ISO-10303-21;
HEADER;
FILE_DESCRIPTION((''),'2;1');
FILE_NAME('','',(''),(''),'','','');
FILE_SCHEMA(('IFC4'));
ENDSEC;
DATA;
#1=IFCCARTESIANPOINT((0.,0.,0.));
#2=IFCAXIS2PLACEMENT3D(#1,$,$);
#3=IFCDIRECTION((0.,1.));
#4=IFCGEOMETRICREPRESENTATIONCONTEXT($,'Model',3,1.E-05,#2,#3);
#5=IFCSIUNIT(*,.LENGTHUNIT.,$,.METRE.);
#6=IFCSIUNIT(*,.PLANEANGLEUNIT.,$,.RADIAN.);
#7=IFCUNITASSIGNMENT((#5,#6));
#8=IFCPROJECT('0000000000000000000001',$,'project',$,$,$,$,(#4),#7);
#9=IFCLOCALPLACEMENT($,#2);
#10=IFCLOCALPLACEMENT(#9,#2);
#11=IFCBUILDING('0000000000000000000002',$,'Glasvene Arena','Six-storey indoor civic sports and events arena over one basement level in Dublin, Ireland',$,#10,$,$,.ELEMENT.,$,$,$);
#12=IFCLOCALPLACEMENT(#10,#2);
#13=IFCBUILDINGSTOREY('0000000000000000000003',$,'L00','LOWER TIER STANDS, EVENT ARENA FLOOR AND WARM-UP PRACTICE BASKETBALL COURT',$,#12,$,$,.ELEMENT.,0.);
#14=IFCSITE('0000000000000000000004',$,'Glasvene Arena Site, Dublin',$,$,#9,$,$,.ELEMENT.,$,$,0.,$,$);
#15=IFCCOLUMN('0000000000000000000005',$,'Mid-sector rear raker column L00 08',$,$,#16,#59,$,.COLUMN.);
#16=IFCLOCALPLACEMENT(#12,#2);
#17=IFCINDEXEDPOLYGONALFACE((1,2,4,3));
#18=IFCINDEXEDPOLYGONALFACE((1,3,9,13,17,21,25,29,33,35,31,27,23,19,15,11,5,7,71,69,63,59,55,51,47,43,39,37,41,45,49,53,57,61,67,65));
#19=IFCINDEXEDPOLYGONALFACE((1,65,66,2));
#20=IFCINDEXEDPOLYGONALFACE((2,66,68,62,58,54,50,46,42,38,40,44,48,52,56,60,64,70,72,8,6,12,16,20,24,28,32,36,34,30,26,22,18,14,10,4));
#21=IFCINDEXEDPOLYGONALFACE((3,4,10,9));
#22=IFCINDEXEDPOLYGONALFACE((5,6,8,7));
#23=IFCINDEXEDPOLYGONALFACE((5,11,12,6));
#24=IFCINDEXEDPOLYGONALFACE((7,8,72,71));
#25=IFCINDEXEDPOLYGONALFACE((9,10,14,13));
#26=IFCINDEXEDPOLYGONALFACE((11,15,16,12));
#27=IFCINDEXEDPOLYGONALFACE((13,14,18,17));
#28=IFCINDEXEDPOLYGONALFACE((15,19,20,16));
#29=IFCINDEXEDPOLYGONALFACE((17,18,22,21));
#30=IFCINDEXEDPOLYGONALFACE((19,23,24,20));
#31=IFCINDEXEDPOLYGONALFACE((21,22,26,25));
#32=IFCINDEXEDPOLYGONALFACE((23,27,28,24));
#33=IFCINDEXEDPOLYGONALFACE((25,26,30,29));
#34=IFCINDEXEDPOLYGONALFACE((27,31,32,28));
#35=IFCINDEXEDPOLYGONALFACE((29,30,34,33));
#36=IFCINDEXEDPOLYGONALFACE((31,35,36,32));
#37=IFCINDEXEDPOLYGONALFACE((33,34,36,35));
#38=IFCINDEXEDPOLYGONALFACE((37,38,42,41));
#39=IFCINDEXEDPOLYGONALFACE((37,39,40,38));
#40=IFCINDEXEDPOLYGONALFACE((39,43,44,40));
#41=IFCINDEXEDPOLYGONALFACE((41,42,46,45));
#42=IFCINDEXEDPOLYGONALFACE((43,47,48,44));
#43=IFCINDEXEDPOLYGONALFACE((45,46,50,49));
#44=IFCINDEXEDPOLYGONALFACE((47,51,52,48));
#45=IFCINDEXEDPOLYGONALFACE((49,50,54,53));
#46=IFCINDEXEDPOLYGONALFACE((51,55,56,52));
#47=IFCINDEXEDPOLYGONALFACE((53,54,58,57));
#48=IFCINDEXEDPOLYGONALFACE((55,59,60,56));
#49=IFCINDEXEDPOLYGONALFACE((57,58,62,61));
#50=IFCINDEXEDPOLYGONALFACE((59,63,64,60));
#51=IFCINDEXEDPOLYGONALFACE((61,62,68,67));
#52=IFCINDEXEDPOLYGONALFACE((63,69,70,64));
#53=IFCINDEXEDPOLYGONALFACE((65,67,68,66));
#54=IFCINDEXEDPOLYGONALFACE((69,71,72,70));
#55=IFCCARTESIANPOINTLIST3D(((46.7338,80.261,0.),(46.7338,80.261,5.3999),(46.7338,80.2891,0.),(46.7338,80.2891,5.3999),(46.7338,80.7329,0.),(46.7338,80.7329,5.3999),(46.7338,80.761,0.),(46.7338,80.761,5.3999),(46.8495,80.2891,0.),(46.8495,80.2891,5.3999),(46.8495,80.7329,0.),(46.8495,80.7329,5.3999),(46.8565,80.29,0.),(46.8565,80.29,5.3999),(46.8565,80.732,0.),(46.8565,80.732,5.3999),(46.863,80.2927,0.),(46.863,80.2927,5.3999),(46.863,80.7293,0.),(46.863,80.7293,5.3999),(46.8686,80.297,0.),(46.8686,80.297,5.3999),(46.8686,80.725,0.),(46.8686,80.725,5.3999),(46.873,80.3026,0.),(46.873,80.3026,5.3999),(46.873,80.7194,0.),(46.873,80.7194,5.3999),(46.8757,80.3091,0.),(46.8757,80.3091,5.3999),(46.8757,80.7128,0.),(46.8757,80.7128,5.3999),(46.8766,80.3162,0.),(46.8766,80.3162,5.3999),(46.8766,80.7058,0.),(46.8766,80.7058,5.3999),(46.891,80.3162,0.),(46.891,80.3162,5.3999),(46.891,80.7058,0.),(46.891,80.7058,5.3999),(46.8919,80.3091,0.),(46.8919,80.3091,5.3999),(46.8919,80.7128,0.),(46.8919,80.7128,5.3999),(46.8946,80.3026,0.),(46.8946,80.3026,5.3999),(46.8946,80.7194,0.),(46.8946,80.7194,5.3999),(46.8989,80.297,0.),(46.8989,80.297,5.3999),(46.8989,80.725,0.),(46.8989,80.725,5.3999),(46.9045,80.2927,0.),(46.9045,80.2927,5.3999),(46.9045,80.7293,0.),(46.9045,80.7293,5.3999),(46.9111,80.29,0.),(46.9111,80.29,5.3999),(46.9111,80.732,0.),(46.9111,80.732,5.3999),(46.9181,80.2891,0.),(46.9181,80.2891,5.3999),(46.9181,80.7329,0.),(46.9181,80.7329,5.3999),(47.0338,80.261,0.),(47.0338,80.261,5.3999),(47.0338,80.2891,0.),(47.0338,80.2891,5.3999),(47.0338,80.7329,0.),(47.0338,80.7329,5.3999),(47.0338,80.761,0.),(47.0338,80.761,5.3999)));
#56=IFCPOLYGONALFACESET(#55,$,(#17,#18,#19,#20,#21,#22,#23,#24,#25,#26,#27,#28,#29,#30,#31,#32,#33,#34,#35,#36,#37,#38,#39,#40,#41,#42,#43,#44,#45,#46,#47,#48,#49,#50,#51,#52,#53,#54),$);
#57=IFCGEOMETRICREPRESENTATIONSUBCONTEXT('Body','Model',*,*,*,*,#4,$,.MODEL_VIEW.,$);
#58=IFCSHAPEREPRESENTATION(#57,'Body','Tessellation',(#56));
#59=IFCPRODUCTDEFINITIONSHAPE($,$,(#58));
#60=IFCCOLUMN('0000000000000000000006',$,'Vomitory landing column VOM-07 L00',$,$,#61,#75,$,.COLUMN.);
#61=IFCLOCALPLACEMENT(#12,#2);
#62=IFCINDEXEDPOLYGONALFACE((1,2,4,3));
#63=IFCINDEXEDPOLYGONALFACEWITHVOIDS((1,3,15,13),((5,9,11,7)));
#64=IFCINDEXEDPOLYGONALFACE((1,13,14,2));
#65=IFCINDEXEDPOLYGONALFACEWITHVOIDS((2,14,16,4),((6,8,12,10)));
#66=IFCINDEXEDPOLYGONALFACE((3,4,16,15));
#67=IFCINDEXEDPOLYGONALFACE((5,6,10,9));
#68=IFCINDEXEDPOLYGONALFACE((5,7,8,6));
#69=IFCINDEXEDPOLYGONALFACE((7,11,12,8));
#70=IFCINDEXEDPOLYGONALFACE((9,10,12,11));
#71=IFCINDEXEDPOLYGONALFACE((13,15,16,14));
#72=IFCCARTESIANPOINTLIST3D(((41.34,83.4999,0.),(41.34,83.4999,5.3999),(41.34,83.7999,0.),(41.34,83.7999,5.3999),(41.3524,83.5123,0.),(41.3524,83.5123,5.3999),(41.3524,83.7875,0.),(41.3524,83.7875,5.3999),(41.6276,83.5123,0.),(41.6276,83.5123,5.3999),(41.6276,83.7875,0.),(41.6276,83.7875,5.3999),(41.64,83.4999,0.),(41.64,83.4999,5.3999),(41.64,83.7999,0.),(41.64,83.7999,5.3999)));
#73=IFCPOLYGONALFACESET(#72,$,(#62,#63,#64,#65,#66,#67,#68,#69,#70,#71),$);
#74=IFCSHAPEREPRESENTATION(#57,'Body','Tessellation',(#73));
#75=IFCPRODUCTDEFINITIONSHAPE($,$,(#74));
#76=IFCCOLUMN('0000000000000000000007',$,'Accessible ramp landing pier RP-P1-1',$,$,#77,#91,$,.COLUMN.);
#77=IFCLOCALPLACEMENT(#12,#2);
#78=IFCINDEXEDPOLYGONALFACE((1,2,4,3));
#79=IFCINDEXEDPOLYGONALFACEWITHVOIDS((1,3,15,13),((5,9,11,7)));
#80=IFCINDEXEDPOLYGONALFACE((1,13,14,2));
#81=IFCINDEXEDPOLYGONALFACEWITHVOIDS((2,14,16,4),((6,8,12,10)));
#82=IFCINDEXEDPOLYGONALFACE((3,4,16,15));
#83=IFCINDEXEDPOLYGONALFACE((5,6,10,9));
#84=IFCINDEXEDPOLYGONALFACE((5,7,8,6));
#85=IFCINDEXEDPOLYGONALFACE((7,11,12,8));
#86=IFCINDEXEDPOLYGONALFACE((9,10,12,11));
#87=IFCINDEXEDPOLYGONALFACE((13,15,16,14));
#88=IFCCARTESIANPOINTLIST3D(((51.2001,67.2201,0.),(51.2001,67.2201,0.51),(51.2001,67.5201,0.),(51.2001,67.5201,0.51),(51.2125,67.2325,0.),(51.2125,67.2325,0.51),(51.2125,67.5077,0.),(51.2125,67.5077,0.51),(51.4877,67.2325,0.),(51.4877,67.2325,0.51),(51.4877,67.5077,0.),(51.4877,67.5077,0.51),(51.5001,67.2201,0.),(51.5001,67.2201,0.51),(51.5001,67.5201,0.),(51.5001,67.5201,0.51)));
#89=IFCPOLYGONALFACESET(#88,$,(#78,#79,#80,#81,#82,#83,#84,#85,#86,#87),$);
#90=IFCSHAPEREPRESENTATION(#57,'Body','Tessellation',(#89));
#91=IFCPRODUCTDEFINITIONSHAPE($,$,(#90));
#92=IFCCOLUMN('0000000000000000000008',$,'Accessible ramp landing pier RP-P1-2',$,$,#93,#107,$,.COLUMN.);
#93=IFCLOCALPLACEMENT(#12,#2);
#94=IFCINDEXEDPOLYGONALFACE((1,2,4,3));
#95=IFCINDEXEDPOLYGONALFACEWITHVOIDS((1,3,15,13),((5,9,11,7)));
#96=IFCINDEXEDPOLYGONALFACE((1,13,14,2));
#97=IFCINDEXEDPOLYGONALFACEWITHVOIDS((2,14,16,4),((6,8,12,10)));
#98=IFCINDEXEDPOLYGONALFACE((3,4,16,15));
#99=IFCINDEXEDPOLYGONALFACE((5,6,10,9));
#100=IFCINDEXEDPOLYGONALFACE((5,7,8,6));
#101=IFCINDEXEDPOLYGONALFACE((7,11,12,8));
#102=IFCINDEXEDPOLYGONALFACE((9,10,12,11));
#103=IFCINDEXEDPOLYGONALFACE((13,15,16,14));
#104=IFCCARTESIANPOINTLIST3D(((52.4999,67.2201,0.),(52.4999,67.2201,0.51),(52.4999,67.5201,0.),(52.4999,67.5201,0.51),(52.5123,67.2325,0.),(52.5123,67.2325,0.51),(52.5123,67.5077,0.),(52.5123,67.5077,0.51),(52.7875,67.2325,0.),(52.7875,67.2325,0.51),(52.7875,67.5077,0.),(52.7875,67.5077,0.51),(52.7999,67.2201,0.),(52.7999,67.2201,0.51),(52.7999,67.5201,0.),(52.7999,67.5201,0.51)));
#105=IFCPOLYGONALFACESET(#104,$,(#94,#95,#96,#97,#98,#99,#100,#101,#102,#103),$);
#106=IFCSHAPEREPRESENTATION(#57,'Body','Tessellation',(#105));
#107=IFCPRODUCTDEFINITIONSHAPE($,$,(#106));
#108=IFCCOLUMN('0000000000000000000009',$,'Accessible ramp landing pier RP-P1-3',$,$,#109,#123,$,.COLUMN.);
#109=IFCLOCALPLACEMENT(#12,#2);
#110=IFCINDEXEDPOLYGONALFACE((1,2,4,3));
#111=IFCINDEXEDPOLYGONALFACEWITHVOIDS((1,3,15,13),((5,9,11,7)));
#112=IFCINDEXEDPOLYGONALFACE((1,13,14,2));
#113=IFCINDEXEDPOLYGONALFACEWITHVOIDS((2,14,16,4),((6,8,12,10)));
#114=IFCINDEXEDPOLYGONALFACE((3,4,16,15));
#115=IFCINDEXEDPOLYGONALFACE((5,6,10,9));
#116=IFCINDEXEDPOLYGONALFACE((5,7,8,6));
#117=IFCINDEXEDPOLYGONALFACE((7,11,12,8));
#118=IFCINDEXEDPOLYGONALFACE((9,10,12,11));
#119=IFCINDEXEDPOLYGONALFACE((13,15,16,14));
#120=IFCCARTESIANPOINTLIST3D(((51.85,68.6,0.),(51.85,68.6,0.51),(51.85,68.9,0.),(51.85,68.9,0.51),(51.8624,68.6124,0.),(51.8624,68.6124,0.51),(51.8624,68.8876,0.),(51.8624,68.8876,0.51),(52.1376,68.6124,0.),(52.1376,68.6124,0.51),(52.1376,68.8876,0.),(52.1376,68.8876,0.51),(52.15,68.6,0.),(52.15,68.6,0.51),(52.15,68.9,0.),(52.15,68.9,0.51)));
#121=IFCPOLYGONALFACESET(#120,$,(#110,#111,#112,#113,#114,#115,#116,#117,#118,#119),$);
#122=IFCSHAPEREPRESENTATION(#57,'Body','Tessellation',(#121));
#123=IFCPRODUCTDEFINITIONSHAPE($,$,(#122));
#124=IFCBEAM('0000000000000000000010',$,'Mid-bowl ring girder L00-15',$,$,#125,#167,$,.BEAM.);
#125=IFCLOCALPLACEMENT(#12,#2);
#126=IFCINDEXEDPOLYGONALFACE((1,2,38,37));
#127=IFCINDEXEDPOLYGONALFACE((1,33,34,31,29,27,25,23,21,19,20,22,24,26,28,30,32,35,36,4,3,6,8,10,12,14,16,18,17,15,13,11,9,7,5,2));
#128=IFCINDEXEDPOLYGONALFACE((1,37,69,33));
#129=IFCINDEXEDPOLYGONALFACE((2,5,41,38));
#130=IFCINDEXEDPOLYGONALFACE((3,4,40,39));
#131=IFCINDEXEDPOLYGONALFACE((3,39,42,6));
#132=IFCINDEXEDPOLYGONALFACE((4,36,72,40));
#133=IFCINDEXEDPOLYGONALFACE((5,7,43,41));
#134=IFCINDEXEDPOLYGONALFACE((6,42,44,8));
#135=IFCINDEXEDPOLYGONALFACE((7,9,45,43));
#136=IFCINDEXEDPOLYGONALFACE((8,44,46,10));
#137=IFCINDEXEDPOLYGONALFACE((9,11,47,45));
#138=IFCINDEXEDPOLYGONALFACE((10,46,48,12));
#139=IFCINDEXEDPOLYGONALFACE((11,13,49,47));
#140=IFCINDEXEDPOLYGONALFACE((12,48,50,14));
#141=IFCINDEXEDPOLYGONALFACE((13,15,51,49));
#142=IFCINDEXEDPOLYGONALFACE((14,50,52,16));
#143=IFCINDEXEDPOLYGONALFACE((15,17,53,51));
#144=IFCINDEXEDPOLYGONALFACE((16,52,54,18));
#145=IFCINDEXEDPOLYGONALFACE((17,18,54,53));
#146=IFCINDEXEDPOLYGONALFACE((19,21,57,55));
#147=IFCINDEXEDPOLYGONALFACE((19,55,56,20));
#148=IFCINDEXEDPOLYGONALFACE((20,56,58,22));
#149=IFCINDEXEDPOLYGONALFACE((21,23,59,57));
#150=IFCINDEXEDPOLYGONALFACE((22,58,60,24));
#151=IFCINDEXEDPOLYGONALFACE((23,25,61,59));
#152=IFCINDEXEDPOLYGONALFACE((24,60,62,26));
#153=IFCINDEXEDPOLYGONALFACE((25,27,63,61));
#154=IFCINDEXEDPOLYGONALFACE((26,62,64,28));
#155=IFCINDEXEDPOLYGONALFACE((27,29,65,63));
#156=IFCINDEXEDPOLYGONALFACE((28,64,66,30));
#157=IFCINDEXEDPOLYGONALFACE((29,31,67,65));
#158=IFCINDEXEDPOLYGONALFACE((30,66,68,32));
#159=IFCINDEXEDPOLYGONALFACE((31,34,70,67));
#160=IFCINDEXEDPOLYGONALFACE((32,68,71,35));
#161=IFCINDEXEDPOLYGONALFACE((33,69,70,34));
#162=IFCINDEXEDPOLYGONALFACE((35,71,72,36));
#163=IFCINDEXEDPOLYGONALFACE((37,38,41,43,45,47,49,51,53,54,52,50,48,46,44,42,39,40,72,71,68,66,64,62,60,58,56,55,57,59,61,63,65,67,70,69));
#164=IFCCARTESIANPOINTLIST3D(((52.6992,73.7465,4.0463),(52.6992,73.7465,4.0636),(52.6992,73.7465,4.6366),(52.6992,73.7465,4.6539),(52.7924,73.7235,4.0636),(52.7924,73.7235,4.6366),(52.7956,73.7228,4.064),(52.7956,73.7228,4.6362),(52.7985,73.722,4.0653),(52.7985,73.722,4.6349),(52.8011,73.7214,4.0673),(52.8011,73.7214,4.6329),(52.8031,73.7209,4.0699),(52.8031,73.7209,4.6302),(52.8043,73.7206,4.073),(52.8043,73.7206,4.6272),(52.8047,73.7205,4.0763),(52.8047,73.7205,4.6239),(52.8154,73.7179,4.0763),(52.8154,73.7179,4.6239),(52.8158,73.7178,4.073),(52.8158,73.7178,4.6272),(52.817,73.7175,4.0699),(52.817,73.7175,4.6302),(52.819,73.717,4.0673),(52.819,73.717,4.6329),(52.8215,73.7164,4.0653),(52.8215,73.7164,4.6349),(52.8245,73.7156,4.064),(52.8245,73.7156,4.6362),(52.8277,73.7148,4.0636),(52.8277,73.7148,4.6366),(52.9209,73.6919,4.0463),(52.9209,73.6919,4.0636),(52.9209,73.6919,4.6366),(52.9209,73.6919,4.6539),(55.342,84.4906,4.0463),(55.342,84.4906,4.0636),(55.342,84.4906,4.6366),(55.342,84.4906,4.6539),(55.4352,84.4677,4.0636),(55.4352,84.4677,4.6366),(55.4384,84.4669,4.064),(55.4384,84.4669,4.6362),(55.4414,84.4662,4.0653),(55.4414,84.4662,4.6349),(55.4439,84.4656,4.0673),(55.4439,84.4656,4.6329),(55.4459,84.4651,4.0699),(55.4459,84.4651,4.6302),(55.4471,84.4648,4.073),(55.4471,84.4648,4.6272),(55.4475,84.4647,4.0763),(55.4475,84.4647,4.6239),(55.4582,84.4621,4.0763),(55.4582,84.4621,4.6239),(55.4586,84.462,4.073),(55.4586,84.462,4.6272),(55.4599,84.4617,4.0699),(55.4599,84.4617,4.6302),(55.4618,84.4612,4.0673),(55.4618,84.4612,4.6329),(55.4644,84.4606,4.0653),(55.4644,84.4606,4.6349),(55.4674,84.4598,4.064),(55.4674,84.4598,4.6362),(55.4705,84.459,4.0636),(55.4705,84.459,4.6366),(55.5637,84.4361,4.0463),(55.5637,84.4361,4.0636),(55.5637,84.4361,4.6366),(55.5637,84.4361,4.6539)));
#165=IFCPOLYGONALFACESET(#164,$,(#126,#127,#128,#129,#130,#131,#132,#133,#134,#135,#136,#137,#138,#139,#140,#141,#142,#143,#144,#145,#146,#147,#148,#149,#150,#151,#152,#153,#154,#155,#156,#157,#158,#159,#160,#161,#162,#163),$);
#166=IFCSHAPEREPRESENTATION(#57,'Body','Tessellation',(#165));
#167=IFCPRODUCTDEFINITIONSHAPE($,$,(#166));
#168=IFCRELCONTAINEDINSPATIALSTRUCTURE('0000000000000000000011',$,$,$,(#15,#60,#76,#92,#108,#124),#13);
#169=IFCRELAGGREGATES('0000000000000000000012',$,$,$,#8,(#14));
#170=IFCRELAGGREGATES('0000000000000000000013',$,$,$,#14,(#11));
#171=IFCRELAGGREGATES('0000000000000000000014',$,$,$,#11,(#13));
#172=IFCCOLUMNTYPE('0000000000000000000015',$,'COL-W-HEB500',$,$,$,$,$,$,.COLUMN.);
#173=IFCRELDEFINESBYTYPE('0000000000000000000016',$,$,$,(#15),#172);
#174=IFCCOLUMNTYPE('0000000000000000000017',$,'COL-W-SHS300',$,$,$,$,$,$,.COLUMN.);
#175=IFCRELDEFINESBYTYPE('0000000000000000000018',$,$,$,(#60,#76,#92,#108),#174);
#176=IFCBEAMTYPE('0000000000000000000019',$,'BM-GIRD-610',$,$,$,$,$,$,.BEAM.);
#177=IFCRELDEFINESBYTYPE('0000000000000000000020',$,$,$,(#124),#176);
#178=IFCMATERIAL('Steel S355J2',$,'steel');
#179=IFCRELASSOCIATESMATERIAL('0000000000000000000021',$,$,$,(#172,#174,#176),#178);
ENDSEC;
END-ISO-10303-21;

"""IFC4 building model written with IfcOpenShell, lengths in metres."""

from ifc_helpers import new_model, si_unit, direction, frame, origin, origin_2d, place, context, subcontext, project, spatial, hollow_rectangle, i_section, extrude, material, material_profile, profile_set, type_object, element, save


model = new_model("IFC4")

# Units and contexts
model_context = context("Model", 3, precision=1e-05, world=origin(), true_north=direction((0.0, 1.0)))
body_context = subcontext(model_context, "Body", "Model", "MODEL_VIEW")
ifc_project = project(units=[si_unit("LENGTHUNIT", "METRE"), si_unit("PLANEANGLEUNIT", "RADIAN")], contexts=[model_context])

# Site, building, storey
site_placement = place(None, origin())
site = spatial("IfcSite", under=ifc_project, at=site_placement, Name="Glasvene Arena Site, Dublin", CompositionType="ELEMENT", RefElevation=0.0)
building_placement = place(site_placement, origin())
building = spatial("IfcBuilding", under=site, at=building_placement, Name="Glasvene Arena", Description="Six-storey indoor civic sports and events arena over one basement level in Dublin, Ireland", CompositionType="ELEMENT")
storey_placement = place(building_placement, origin())
storey = spatial("IfcBuildingStorey", under=building, at=storey_placement, Name="L00", Description="LOWER TIER STANDS, EVENT ARENA FLOOR AND WARM-UP PRACTICE BASKETBALL COURT", CompositionType="ELEMENT", Elevation=0.0)

# Columns
ifc_material_1 = material(Name="Steel S355J2", Category="steel")
ifc_material_profile_1 = material_profile(ifc_material_1, i_section(OverallWidth=0.3, OverallDepth=0.5, WebThickness=0.0144, FlangeThickness=0.0281, FilletRadius=0.0271, at=origin_2d()), Name="HEB 500")
ifc_profile_set_1 = profile_set([ifc_material_profile_1], Name="Steel S355J2")
column_type_1 = type_object("IfcColumnType", Name="COL-W-HEB500", PredefinedType="COLUMN", material=ifc_profile_set_1)
for number, where, z_axis, x_axis, name in (
    (1, (46.8838, 80.511, 0.0), (0.0, 0.0, 1.0), (1.0, 0.0, 0.0), "Mid-sector rear raker column L00 08"),
):
    element("IfcColumn", number, at=place(storey_placement, frame(where, z_axis=z_axis, x_axis=x_axis)), inside=storey, type_object=column_type_1, Name=name, PredefinedType="COLUMN", context=body_context, shape_type="SweptSolid", body=[
        extrude(i_section(OverallWidth=0.3, OverallDepth=0.5, WebThickness=0.0144, FlangeThickness=0.0281, FilletRadius=0.0271, at=origin_2d()), origin(), (0.0, 0.0, 1.0), 5.3999),
    ])
ifc_material_profile_2 = material_profile(ifc_material_1, hollow_rectangle(XDim=0.3, YDim=0.3, WallThickness=0.0125, at=origin_2d()), Name="SHS 300x300x12.5")
ifc_profile_set_2 = profile_set([ifc_material_profile_2], Name="Steel S355J2")
column_type_2 = type_object("IfcColumnType", Name="COL-W-SHS300", PredefinedType="COLUMN", material=ifc_profile_set_2)
column_placement = place(storey_placement, frame((41.49, 83.6499, 0.0), z_axis=(0.0, 0.0, 1.0), x_axis=(1.0, 0.0, 0.0)))
element("IfcColumn", 2, at=column_placement, inside=storey, type_object=column_type_2, Name="Vomitory landing column VOM-07 L00", PredefinedType="COLUMN", context=body_context, shape_type="SweptSolid", body=[
    extrude(hollow_rectangle(XDim=0.3, YDim=0.3, WallThickness=0.0125, at=origin_2d()), origin(), (0.0, 0.0, 1.0), 5.3999),
])
for number, where, z_axis, x_axis, name in (
    (3, (51.3501, 67.3701, 0.0), (0.0, 0.0, 1.0), (1.0, 0.0, 0.0), "Accessible ramp landing pier RP-P1-1"),
    (4, (52.6499, 67.3701, 0.0), (0.0, 0.0, 1.0), (1.0, 0.0, 0.0), "Accessible ramp landing pier RP-P1-2"),
    (5, (52.0, 68.75, 0.0), (0.0, 0.0, 1.0), (1.0, 0.0, 0.0), "Accessible ramp landing pier RP-P1-3"),
):
    element("IfcColumn", number, at=place(storey_placement, frame(where, z_axis=z_axis, x_axis=x_axis)), inside=storey, type_object=column_type_2, Name=name, PredefinedType="COLUMN", context=body_context, shape_type="SweptSolid", body=[
        extrude(hollow_rectangle(XDim=0.3, YDim=0.3, WallThickness=0.0125, at=origin_2d()), origin(), (0.0, 0.0, 1.0), 0.51),
    ])

# Beam
ifc_material_profile_3 = material_profile(ifc_material_1, i_section(OverallWidth=0.2283, OverallDepth=0.6077, WebThickness=0.011, FlangeThickness=0.0173, FilletRadius=0.0127, at=origin_2d()), Name="UKB 610x229x113")
ifc_profile_set_3 = profile_set([ifc_material_profile_3], Name="Steel S355J2")
beam_type_1 = type_object("IfcBeamType", Name="BM-GIRD-610", PredefinedType="BEAM", material=ifc_profile_set_3)
beam_1_placement = place(storey_placement, frame((55.4529, 84.4634, 4.3501), z_axis=(-0.238858, -0.971054, 0.0), x_axis=(0.971054, -0.238858, 0.0)))
element("IfcBeam", 6, at=beam_1_placement, inside=storey, type_object=beam_type_1, Name="Mid-bowl ring girder L00-15", PredefinedType="BEAM", context=body_context, shape_type="SweptSolid", body=[
    extrude(i_section(OverallWidth=0.2283, OverallDepth=0.6077, WebThickness=0.011, FlangeThickness=0.0173, FilletRadius=0.0127, at=origin_2d()), origin(), (0.0, 0.0, 1.0), 11.0645),
])

save(model, "model.ifc")
